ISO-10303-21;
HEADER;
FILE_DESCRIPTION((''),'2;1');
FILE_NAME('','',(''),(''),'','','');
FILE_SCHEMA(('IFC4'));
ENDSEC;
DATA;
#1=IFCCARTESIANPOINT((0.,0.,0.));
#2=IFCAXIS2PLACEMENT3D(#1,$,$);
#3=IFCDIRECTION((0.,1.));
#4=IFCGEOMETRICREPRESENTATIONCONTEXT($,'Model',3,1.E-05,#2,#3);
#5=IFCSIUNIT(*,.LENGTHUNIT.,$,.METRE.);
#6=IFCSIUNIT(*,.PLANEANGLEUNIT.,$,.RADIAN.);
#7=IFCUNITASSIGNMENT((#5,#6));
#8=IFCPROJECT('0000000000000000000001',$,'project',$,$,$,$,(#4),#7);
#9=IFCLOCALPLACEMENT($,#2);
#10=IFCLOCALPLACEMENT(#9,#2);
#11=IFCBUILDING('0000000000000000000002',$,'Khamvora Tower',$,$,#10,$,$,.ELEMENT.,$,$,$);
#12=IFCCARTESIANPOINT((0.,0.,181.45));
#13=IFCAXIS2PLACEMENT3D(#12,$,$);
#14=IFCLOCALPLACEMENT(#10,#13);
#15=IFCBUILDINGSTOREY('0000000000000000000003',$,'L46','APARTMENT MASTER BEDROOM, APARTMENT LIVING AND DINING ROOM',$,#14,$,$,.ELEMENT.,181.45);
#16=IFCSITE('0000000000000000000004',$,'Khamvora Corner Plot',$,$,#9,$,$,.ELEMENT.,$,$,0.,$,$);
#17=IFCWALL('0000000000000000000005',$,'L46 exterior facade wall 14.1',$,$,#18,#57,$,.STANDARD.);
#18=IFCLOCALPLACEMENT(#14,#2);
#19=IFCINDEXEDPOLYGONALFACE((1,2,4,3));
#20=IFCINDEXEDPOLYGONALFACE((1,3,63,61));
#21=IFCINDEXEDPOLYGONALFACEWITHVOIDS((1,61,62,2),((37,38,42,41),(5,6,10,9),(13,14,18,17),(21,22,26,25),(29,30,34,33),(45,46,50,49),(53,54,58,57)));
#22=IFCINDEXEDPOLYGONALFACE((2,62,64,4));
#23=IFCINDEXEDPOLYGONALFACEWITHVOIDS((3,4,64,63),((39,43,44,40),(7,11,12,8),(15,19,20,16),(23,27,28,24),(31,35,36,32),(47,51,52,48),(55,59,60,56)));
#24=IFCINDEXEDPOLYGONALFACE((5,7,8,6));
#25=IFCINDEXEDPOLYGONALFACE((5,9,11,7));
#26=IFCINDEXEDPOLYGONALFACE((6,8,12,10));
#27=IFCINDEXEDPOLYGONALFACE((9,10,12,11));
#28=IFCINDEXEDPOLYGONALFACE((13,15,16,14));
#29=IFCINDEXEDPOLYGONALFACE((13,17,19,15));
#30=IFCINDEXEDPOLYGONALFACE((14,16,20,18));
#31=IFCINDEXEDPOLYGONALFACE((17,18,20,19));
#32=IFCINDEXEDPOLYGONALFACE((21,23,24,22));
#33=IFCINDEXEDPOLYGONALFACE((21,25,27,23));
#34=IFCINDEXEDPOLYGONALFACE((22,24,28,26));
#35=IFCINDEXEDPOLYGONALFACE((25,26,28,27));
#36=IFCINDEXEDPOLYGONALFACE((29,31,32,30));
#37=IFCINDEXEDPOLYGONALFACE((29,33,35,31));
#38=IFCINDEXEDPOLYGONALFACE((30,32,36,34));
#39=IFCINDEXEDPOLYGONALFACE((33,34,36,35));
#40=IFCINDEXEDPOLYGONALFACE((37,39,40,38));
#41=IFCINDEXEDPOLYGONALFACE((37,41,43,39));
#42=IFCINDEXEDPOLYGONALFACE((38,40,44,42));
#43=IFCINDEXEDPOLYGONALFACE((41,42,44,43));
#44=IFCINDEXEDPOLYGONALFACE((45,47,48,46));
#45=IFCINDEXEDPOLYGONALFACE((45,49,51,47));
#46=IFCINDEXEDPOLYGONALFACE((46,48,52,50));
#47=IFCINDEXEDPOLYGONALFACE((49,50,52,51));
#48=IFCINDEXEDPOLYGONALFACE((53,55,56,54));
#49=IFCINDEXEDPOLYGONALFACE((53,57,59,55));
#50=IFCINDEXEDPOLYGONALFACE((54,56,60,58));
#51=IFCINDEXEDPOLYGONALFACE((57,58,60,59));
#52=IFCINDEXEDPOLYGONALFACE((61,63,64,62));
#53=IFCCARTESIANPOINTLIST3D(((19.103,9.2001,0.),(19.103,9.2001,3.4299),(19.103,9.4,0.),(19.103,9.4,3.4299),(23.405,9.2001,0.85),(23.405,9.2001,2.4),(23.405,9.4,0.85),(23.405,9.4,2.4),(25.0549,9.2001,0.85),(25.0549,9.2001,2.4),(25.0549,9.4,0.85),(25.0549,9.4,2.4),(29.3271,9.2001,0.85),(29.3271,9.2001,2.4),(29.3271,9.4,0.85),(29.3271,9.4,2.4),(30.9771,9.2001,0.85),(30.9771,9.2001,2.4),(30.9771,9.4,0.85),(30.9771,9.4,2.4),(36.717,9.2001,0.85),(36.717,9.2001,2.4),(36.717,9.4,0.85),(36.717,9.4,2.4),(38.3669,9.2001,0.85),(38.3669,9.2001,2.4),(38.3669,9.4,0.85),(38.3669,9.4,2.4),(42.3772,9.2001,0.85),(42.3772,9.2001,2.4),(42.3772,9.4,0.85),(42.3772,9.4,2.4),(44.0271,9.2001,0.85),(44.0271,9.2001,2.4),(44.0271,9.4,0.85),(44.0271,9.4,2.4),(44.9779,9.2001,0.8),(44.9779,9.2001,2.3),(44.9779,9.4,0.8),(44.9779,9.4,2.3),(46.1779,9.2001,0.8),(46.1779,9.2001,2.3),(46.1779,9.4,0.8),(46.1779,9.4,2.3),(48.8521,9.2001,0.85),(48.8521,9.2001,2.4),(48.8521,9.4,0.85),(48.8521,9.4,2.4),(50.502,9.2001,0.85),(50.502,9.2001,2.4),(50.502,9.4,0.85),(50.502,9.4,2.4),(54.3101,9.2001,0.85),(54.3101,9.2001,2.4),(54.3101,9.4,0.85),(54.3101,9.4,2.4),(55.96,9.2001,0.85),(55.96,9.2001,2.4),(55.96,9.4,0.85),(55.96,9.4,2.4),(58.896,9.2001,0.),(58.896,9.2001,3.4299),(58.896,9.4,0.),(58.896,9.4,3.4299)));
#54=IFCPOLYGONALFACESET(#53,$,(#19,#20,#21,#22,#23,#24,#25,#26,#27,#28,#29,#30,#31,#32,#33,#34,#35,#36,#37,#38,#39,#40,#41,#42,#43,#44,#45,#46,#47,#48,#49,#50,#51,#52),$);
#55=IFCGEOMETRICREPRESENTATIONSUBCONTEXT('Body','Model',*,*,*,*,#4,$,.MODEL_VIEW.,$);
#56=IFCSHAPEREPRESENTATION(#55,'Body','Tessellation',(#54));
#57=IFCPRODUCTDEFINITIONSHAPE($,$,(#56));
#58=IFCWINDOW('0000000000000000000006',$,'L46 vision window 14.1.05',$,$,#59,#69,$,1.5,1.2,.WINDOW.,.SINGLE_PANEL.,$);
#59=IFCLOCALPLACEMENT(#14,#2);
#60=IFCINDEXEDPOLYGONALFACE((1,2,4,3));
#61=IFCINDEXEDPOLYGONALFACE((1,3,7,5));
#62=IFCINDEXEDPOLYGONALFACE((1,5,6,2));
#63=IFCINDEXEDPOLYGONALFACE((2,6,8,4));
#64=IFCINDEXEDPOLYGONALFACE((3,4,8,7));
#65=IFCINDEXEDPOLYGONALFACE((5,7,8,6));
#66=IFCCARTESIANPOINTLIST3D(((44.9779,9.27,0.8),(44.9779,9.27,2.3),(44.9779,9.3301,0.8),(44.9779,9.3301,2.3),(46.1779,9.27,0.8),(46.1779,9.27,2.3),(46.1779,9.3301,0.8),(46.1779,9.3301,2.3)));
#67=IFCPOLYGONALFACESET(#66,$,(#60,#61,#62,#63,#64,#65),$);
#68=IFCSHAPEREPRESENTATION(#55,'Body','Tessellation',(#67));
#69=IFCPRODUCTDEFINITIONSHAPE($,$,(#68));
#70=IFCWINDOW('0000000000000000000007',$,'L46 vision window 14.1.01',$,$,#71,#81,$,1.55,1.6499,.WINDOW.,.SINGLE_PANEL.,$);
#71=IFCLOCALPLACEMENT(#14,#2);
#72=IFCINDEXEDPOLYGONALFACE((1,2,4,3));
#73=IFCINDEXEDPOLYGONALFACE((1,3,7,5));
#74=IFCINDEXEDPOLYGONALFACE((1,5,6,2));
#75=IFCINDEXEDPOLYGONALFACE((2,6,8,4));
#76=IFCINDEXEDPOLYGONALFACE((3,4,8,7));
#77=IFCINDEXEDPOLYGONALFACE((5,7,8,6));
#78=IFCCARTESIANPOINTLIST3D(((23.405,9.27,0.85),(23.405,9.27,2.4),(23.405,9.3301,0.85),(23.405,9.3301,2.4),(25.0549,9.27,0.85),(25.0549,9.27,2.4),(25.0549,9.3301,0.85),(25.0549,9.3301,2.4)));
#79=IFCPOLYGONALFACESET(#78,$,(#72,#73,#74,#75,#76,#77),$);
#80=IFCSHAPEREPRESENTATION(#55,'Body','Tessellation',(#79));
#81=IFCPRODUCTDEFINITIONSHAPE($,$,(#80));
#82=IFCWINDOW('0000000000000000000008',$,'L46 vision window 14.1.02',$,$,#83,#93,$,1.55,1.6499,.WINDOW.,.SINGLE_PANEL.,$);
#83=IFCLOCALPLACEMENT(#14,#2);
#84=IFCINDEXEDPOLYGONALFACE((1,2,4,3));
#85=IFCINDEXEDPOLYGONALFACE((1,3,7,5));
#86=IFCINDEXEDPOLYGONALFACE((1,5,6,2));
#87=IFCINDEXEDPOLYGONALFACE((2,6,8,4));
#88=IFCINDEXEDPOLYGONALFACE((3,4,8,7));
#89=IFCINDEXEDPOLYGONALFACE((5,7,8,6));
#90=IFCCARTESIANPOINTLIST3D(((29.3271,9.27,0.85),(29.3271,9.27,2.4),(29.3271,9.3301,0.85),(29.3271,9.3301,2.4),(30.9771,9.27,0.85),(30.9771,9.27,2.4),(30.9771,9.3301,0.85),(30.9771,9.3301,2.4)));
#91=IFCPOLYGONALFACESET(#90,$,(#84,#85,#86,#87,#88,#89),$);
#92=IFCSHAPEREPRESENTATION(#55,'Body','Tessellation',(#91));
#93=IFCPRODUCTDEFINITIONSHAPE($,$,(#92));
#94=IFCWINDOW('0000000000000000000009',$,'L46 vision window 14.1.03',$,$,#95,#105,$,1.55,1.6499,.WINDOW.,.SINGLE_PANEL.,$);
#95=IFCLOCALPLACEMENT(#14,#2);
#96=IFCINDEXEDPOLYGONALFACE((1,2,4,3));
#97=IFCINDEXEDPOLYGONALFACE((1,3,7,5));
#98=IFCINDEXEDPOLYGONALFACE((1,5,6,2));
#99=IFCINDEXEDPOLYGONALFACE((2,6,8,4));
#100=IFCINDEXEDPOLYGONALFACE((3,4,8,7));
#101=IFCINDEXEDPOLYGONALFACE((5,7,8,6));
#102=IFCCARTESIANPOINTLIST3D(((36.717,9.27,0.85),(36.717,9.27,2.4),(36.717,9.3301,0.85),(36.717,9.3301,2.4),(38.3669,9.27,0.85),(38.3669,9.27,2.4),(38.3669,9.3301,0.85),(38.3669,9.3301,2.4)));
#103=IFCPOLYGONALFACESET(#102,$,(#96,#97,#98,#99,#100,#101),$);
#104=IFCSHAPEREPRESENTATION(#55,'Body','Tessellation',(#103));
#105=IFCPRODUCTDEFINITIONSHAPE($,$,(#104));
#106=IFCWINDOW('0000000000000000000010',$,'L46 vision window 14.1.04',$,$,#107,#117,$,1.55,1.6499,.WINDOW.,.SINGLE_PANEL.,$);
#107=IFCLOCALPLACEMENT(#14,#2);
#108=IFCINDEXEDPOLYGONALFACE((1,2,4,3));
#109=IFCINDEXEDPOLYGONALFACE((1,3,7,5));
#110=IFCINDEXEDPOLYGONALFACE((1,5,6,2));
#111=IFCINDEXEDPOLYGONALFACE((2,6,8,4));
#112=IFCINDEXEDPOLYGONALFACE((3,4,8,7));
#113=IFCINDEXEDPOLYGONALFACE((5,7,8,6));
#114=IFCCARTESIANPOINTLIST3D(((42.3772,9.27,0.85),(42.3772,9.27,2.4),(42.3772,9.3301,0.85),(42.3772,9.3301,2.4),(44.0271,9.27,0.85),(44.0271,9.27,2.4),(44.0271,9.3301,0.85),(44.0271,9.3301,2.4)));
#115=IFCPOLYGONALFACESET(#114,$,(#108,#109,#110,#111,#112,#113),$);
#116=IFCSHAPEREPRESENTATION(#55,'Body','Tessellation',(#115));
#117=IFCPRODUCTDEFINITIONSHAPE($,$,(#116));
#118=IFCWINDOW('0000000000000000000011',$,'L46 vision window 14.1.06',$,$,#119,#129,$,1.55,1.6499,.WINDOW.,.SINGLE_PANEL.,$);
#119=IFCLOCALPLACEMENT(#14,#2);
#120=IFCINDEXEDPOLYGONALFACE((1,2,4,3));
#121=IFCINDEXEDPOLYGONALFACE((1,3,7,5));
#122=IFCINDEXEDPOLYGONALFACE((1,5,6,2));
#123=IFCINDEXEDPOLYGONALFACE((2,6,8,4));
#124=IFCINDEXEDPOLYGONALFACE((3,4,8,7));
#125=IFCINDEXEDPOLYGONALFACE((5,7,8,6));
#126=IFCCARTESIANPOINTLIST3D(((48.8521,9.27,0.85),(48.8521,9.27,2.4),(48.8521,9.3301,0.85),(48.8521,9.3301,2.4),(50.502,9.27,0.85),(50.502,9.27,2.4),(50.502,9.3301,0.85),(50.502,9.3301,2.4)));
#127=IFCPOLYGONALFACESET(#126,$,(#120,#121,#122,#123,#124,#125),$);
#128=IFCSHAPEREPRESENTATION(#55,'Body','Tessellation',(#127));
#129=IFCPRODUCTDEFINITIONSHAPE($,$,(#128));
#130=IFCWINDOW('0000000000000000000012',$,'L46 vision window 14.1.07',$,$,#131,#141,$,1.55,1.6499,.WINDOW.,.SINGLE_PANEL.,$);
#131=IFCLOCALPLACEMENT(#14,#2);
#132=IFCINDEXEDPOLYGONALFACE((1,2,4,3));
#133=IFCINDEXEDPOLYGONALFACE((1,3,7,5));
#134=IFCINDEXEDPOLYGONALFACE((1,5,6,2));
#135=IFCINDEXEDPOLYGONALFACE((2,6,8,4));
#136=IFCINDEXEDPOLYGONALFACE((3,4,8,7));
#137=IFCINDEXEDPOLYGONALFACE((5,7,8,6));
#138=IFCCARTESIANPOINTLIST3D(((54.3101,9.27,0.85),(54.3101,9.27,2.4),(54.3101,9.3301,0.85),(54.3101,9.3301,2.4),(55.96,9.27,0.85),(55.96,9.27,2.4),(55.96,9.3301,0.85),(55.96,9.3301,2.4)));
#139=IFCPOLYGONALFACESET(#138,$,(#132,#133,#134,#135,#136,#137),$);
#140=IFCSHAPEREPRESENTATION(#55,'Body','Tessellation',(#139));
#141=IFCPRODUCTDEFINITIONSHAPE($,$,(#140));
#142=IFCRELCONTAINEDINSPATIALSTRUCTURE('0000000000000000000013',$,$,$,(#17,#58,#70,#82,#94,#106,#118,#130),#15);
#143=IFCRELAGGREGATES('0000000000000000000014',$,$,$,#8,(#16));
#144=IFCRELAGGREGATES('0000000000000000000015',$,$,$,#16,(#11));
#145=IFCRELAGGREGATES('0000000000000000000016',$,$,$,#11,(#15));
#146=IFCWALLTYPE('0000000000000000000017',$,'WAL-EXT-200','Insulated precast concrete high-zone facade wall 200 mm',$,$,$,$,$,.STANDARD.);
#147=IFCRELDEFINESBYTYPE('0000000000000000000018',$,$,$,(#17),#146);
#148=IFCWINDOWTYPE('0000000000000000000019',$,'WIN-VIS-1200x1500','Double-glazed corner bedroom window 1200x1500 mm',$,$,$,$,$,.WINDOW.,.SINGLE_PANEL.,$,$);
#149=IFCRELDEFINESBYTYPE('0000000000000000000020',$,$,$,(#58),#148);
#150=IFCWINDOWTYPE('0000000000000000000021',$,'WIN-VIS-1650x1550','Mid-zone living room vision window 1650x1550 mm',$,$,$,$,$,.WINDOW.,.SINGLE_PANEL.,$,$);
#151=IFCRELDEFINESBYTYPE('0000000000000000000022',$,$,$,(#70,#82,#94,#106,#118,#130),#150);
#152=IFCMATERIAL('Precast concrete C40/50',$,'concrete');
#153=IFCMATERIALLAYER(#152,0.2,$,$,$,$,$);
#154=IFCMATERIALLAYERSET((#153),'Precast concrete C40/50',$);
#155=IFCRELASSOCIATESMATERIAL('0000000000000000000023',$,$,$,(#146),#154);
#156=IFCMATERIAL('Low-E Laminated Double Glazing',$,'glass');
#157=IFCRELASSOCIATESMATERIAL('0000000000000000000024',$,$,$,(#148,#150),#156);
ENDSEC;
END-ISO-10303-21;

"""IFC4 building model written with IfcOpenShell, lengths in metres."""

from ifc_helpers import new_model, si_unit, direction, frame, frame_2d, origin, place, context, subcontext, project, spatial, rectangle, extrude, material, layer, layer_set, type_object, element, fill, save


model = new_model("IFC4")

# Units and contexts
model_context = context("Model", 3, precision=1e-05, world=origin(), true_north=direction((0.0, 1.0)))
body_context = subcontext(model_context, "Body", "Model", "MODEL_VIEW")
ifc_project = project(units=[si_unit("LENGTHUNIT", "METRE"), si_unit("PLANEANGLEUNIT", "RADIAN")], contexts=[model_context])

# Site, building, storey
site_placement = place(None, origin())
site = spatial("IfcSite", under=ifc_project, at=site_placement, Name="Khamvora Corner Plot", CompositionType="ELEMENT", RefElevation=0.0)
building_placement = place(site_placement, origin())
building = spatial("IfcBuilding", under=site, at=building_placement, Name="Khamvora Tower", CompositionType="ELEMENT")
storey_placement = place(building_placement, frame((0.0, 0.0, 181.45)))
storey = spatial("IfcBuildingStorey", under=building, at=storey_placement, Name="L46", Description="APARTMENT MASTER BEDROOM, APARTMENT LIVING AND DINING ROOM", CompositionType="ELEMENT", Elevation=181.45)

# Shared definitions
ifc_material_1 = material(Name="Precast concrete C40/50", Category="concrete")
ifc_layer_1 = layer(ifc_material_1, 0.2)
ifc_layer_set_1 = layer_set([ifc_layer_1], Name="Precast concrete C40/50")
wall_type_1 = type_object("IfcWallType", Name="WAL-EXT-200", Description="Insulated precast concrete high-zone facade wall 200 mm", PredefinedType="STANDARD", material=ifc_layer_set_1)

# Wall, openings, windows
wall_1_placement = place(storey_placement, frame((58.896, 9.3, 0.0), z_axis=(0.0, 0.0, 1.0), x_axis=(-1.0, 0.0, 0.0)))
wall_1 = element("IfcWall", 1, at=wall_1_placement, inside=storey, type_object=wall_type_1, Name="L46 exterior facade wall 14.1", PredefinedType="STANDARD", context=body_context, shape_type="SweptSolid", body=[
    extrude(rectangle(XDim=39.793, YDim=0.2, at=frame_2d((19.8965, 0.0))), origin(), (0.0, 0.0, 1.0), 3.4299),
])
opening_1_placement = place(wall_1_placement, frame((33.8411, 0.0, 0.8501)))
opening_1 = element("IfcOpeningElement", 2, at=opening_1_placement, cuts=wall_1, PredefinedType="OPENING", context=body_context, shape_type="SweptSolid", body=[
    extrude(rectangle(XDim=1.6499, YDim=1.55, at=frame_2d((0.825, 0.7749))), frame((0.0, 0.1099, 0.0), z_axis=(0.0, -1.0, 0.0), x_axis=(1.0, 0.0, 0.0)), (0.0, 0.0, 1.0), 0.22),
])
opening_2_placement = place(wall_1_placement, frame((27.9189, 0.0, 0.8501)))
opening_2 = element("IfcOpeningElement", 3, at=opening_2_placement, cuts=wall_1, PredefinedType="OPENING", context=body_context, shape_type="SweptSolid", body=[
    extrude(rectangle(XDim=1.6499, YDim=1.55, at=frame_2d((0.825, 0.7749))), frame((0.0, 0.1099, 0.0), z_axis=(0.0, -1.0, 0.0), x_axis=(1.0, 0.0, 0.0)), (0.0, 0.0, 1.0), 0.22),
])
opening_3_placement = place(wall_1_placement, frame((20.5291, 0.0, 0.8501)))
opening_3 = element("IfcOpeningElement", 4, at=opening_3_placement, cuts=wall_1, PredefinedType="OPENING", context=body_context, shape_type="SweptSolid", body=[
    extrude(rectangle(XDim=1.6499, YDim=1.55, at=frame_2d((0.825, 0.7749))), frame((0.0, 0.1099, 0.0), z_axis=(0.0, -1.0, 0.0), x_axis=(1.0, 0.0, 0.0)), (0.0, 0.0, 1.0), 0.22),
])
opening_4_placement = place(wall_1_placement, frame((14.8689, 0.0, 0.8501)))
opening_4 = element("IfcOpeningElement", 5, at=opening_4_placement, cuts=wall_1, PredefinedType="OPENING", context=body_context, shape_type="SweptSolid", body=[
    extrude(rectangle(XDim=1.6499, YDim=1.55, at=frame_2d((0.825, 0.7749))), frame((0.0, 0.1099, 0.0), z_axis=(0.0, -1.0, 0.0), x_axis=(1.0, 0.0, 0.0)), (0.0, 0.0, 1.0), 0.22),
])
opening_5_placement = place(wall_1_placement, frame((12.718, 0.0, 0.8)))
opening_5 = element("IfcOpeningElement", 6, at=opening_5_placement, cuts=wall_1, PredefinedType="OPENING", context=body_context, shape_type="SweptSolid", body=[
    extrude(rectangle(XDim=1.2, YDim=1.5, at=frame_2d((0.6001, 0.75))), frame((0.0, 0.1099, 0.0), z_axis=(0.0, -1.0, 0.0), x_axis=(1.0, 0.0, 0.0)), (0.0, 0.0, 1.0), 0.22),
])
opening_6_placement = place(wall_1_placement, frame((8.394, 0.0, 0.8501)))
opening_6 = element("IfcOpeningElement", 7, at=opening_6_placement, cuts=wall_1, PredefinedType="OPENING", context=body_context, shape_type="SweptSolid", body=[
    extrude(rectangle(XDim=1.6499, YDim=1.55, at=frame_2d((0.825, 0.7749))), frame((0.0, 0.1099, 0.0), z_axis=(0.0, -1.0, 0.0), x_axis=(1.0, 0.0, 0.0)), (0.0, 0.0, 1.0), 0.22),
])
opening_7_placement = place(wall_1_placement, frame((2.936, 0.0, 0.8501)))
opening_7 = element("IfcOpeningElement", 8, at=opening_7_placement, cuts=wall_1, PredefinedType="OPENING", context=body_context, shape_type="SweptSolid", body=[
    extrude(rectangle(XDim=1.6499, YDim=1.55, at=frame_2d((0.825, 0.7749))), frame((0.0, 0.1099, 0.0), z_axis=(0.0, -1.0, 0.0), x_axis=(1.0, 0.0, 0.0)), (0.0, 0.0, 1.0), 0.22),
])
ifc_material_2 = material(Name="Low-E Laminated Double Glazing", Category="glass")
window_type_1 = type_object("IfcWindowType", Name="WIN-VIS-1200x1500", Description="Double-glazed corner bedroom window 1200x1500 mm", PartitioningType="SINGLE_PANEL", PredefinedType="WINDOW", material=ifc_material_2)
window_1_placement = place(opening_5_placement, origin())
window_1 = element("IfcWindow", 9, at=window_1_placement, inside=storey, type_object=window_type_1, Name="L46 vision window 14.1.05", OverallHeight=1.5, OverallWidth=1.2, PartitioningType="SINGLE_PANEL", PredefinedType="WINDOW", context=body_context, shape_type="SweptSolid", body=[
    extrude(rectangle(XDim=1.2, YDim=1.5, at=frame_2d((0.6001, 0.75))), frame((0.0, 0.03, 0.0), z_axis=(0.0, -1.0, 0.0), x_axis=(1.0, 0.0, 0.0)), (0.0, 0.0, 1.0), 0.0601),
])
fill(opening_5, window_1)
window_type_2 = type_object("IfcWindowType", Name="WIN-VIS-1650x1550", Description="Mid-zone living room vision window 1650x1550 mm", PartitioningType="SINGLE_PANEL", PredefinedType="WINDOW", material=ifc_material_2)
window_2_placement = place(opening_1_placement, origin())
window_2 = element("IfcWindow", 10, at=window_2_placement, inside=storey, type_object=window_type_2, Name="L46 vision window 14.1.01", OverallHeight=1.55, OverallWidth=1.6499, PartitioningType="SINGLE_PANEL", PredefinedType="WINDOW", context=body_context, shape_type="SweptSolid", body=[
    extrude(rectangle(XDim=1.6499, YDim=1.55, at=frame_2d((0.825, 0.7749))), frame((0.0, 0.03, 0.0), z_axis=(0.0, -1.0, 0.0), x_axis=(1.0, 0.0, 0.0)), (0.0, 0.0, 1.0), 0.0601),
])
fill(opening_1, window_2)
window_3_placement = place(opening_2_placement, origin())
window_3 = element("IfcWindow", 11, at=window_3_placement, inside=storey, type_object=window_type_2, Name="L46 vision window 14.1.02", OverallHeight=1.55, OverallWidth=1.6499, PartitioningType="SINGLE_PANEL", PredefinedType="WINDOW", context=body_context, shape_type="SweptSolid", body=[
    extrude(rectangle(XDim=1.6499, YDim=1.55, at=frame_2d((0.825, 0.7749))), frame((0.0, 0.03, 0.0), z_axis=(0.0, -1.0, 0.0), x_axis=(1.0, 0.0, 0.0)), (0.0, 0.0, 1.0), 0.0601),
])
fill(opening_2, window_3)
window_4_placement = place(opening_3_placement, origin())
window_4 = element("IfcWindow", 12, at=window_4_placement, inside=storey, type_object=window_type_2, Name="L46 vision window 14.1.03", OverallHeight=1.55, OverallWidth=1.6499, PartitioningType="SINGLE_PANEL", PredefinedType="WINDOW", context=body_context, shape_type="SweptSolid", body=[
    extrude(rectangle(XDim=1.6499, YDim=1.55, at=frame_2d((0.825, 0.7749))), frame((0.0, 0.03, 0.0), z_axis=(0.0, -1.0, 0.0), x_axis=(1.0, 0.0, 0.0)), (0.0, 0.0, 1.0), 0.0601),
])
fill(opening_3, window_4)
window_5_placement = place(opening_4_placement, origin())
window_5 = element("IfcWindow", 13, at=window_5_placement, inside=storey, type_object=window_type_2, Name="L46 vision window 14.1.04", OverallHeight=1.55, OverallWidth=1.6499, PartitioningType="SINGLE_PANEL", PredefinedType="WINDOW", context=body_context, shape_type="SweptSolid", body=[
    extrude(rectangle(XDim=1.6499, YDim=1.55, at=frame_2d((0.825, 0.7749))), frame((0.0, 0.03, 0.0), z_axis=(0.0, -1.0, 0.0), x_axis=(1.0, 0.0, 0.0)), (0.0, 0.0, 1.0), 0.0601),
])
fill(opening_4, window_5)
window_6_placement = place(opening_6_placement, origin())
window_6 = element("IfcWindow", 14, at=window_6_placement, inside=storey, type_object=window_type_2, Name="L46 vision window 14.1.06", OverallHeight=1.55, OverallWidth=1.6499, PartitioningType="SINGLE_PANEL", PredefinedType="WINDOW", context=body_context, shape_type="SweptSolid", body=[
    extrude(rectangle(XDim=1.6499, YDim=1.55, at=frame_2d((0.825, 0.7749))), frame((0.0, 0.03, 0.0), z_axis=(0.0, -1.0, 0.0), x_axis=(1.0, 0.0, 0.0)), (0.0, 0.0, 1.0), 0.0601),
])
fill(opening_6, window_6)
window_7_placement = place(opening_7_placement, origin())
window_7 = element("IfcWindow", 15, at=window_7_placement, inside=storey, type_object=window_type_2, Name="L46 vision window 14.1.07", OverallHeight=1.55, OverallWidth=1.6499, PartitioningType="SINGLE_PANEL", PredefinedType="WINDOW", context=body_context, shape_type="SweptSolid", body=[
    extrude(rectangle(XDim=1.6499, YDim=1.55, at=frame_2d((0.825, 0.7749))), frame((0.0, 0.03, 0.0), z_axis=(0.0, -1.0, 0.0), x_axis=(1.0, 0.0, 0.0)), (0.0, 0.0, 1.0), 0.0601),
])
fill(opening_7, window_7)

save(model, "model.ifc")
